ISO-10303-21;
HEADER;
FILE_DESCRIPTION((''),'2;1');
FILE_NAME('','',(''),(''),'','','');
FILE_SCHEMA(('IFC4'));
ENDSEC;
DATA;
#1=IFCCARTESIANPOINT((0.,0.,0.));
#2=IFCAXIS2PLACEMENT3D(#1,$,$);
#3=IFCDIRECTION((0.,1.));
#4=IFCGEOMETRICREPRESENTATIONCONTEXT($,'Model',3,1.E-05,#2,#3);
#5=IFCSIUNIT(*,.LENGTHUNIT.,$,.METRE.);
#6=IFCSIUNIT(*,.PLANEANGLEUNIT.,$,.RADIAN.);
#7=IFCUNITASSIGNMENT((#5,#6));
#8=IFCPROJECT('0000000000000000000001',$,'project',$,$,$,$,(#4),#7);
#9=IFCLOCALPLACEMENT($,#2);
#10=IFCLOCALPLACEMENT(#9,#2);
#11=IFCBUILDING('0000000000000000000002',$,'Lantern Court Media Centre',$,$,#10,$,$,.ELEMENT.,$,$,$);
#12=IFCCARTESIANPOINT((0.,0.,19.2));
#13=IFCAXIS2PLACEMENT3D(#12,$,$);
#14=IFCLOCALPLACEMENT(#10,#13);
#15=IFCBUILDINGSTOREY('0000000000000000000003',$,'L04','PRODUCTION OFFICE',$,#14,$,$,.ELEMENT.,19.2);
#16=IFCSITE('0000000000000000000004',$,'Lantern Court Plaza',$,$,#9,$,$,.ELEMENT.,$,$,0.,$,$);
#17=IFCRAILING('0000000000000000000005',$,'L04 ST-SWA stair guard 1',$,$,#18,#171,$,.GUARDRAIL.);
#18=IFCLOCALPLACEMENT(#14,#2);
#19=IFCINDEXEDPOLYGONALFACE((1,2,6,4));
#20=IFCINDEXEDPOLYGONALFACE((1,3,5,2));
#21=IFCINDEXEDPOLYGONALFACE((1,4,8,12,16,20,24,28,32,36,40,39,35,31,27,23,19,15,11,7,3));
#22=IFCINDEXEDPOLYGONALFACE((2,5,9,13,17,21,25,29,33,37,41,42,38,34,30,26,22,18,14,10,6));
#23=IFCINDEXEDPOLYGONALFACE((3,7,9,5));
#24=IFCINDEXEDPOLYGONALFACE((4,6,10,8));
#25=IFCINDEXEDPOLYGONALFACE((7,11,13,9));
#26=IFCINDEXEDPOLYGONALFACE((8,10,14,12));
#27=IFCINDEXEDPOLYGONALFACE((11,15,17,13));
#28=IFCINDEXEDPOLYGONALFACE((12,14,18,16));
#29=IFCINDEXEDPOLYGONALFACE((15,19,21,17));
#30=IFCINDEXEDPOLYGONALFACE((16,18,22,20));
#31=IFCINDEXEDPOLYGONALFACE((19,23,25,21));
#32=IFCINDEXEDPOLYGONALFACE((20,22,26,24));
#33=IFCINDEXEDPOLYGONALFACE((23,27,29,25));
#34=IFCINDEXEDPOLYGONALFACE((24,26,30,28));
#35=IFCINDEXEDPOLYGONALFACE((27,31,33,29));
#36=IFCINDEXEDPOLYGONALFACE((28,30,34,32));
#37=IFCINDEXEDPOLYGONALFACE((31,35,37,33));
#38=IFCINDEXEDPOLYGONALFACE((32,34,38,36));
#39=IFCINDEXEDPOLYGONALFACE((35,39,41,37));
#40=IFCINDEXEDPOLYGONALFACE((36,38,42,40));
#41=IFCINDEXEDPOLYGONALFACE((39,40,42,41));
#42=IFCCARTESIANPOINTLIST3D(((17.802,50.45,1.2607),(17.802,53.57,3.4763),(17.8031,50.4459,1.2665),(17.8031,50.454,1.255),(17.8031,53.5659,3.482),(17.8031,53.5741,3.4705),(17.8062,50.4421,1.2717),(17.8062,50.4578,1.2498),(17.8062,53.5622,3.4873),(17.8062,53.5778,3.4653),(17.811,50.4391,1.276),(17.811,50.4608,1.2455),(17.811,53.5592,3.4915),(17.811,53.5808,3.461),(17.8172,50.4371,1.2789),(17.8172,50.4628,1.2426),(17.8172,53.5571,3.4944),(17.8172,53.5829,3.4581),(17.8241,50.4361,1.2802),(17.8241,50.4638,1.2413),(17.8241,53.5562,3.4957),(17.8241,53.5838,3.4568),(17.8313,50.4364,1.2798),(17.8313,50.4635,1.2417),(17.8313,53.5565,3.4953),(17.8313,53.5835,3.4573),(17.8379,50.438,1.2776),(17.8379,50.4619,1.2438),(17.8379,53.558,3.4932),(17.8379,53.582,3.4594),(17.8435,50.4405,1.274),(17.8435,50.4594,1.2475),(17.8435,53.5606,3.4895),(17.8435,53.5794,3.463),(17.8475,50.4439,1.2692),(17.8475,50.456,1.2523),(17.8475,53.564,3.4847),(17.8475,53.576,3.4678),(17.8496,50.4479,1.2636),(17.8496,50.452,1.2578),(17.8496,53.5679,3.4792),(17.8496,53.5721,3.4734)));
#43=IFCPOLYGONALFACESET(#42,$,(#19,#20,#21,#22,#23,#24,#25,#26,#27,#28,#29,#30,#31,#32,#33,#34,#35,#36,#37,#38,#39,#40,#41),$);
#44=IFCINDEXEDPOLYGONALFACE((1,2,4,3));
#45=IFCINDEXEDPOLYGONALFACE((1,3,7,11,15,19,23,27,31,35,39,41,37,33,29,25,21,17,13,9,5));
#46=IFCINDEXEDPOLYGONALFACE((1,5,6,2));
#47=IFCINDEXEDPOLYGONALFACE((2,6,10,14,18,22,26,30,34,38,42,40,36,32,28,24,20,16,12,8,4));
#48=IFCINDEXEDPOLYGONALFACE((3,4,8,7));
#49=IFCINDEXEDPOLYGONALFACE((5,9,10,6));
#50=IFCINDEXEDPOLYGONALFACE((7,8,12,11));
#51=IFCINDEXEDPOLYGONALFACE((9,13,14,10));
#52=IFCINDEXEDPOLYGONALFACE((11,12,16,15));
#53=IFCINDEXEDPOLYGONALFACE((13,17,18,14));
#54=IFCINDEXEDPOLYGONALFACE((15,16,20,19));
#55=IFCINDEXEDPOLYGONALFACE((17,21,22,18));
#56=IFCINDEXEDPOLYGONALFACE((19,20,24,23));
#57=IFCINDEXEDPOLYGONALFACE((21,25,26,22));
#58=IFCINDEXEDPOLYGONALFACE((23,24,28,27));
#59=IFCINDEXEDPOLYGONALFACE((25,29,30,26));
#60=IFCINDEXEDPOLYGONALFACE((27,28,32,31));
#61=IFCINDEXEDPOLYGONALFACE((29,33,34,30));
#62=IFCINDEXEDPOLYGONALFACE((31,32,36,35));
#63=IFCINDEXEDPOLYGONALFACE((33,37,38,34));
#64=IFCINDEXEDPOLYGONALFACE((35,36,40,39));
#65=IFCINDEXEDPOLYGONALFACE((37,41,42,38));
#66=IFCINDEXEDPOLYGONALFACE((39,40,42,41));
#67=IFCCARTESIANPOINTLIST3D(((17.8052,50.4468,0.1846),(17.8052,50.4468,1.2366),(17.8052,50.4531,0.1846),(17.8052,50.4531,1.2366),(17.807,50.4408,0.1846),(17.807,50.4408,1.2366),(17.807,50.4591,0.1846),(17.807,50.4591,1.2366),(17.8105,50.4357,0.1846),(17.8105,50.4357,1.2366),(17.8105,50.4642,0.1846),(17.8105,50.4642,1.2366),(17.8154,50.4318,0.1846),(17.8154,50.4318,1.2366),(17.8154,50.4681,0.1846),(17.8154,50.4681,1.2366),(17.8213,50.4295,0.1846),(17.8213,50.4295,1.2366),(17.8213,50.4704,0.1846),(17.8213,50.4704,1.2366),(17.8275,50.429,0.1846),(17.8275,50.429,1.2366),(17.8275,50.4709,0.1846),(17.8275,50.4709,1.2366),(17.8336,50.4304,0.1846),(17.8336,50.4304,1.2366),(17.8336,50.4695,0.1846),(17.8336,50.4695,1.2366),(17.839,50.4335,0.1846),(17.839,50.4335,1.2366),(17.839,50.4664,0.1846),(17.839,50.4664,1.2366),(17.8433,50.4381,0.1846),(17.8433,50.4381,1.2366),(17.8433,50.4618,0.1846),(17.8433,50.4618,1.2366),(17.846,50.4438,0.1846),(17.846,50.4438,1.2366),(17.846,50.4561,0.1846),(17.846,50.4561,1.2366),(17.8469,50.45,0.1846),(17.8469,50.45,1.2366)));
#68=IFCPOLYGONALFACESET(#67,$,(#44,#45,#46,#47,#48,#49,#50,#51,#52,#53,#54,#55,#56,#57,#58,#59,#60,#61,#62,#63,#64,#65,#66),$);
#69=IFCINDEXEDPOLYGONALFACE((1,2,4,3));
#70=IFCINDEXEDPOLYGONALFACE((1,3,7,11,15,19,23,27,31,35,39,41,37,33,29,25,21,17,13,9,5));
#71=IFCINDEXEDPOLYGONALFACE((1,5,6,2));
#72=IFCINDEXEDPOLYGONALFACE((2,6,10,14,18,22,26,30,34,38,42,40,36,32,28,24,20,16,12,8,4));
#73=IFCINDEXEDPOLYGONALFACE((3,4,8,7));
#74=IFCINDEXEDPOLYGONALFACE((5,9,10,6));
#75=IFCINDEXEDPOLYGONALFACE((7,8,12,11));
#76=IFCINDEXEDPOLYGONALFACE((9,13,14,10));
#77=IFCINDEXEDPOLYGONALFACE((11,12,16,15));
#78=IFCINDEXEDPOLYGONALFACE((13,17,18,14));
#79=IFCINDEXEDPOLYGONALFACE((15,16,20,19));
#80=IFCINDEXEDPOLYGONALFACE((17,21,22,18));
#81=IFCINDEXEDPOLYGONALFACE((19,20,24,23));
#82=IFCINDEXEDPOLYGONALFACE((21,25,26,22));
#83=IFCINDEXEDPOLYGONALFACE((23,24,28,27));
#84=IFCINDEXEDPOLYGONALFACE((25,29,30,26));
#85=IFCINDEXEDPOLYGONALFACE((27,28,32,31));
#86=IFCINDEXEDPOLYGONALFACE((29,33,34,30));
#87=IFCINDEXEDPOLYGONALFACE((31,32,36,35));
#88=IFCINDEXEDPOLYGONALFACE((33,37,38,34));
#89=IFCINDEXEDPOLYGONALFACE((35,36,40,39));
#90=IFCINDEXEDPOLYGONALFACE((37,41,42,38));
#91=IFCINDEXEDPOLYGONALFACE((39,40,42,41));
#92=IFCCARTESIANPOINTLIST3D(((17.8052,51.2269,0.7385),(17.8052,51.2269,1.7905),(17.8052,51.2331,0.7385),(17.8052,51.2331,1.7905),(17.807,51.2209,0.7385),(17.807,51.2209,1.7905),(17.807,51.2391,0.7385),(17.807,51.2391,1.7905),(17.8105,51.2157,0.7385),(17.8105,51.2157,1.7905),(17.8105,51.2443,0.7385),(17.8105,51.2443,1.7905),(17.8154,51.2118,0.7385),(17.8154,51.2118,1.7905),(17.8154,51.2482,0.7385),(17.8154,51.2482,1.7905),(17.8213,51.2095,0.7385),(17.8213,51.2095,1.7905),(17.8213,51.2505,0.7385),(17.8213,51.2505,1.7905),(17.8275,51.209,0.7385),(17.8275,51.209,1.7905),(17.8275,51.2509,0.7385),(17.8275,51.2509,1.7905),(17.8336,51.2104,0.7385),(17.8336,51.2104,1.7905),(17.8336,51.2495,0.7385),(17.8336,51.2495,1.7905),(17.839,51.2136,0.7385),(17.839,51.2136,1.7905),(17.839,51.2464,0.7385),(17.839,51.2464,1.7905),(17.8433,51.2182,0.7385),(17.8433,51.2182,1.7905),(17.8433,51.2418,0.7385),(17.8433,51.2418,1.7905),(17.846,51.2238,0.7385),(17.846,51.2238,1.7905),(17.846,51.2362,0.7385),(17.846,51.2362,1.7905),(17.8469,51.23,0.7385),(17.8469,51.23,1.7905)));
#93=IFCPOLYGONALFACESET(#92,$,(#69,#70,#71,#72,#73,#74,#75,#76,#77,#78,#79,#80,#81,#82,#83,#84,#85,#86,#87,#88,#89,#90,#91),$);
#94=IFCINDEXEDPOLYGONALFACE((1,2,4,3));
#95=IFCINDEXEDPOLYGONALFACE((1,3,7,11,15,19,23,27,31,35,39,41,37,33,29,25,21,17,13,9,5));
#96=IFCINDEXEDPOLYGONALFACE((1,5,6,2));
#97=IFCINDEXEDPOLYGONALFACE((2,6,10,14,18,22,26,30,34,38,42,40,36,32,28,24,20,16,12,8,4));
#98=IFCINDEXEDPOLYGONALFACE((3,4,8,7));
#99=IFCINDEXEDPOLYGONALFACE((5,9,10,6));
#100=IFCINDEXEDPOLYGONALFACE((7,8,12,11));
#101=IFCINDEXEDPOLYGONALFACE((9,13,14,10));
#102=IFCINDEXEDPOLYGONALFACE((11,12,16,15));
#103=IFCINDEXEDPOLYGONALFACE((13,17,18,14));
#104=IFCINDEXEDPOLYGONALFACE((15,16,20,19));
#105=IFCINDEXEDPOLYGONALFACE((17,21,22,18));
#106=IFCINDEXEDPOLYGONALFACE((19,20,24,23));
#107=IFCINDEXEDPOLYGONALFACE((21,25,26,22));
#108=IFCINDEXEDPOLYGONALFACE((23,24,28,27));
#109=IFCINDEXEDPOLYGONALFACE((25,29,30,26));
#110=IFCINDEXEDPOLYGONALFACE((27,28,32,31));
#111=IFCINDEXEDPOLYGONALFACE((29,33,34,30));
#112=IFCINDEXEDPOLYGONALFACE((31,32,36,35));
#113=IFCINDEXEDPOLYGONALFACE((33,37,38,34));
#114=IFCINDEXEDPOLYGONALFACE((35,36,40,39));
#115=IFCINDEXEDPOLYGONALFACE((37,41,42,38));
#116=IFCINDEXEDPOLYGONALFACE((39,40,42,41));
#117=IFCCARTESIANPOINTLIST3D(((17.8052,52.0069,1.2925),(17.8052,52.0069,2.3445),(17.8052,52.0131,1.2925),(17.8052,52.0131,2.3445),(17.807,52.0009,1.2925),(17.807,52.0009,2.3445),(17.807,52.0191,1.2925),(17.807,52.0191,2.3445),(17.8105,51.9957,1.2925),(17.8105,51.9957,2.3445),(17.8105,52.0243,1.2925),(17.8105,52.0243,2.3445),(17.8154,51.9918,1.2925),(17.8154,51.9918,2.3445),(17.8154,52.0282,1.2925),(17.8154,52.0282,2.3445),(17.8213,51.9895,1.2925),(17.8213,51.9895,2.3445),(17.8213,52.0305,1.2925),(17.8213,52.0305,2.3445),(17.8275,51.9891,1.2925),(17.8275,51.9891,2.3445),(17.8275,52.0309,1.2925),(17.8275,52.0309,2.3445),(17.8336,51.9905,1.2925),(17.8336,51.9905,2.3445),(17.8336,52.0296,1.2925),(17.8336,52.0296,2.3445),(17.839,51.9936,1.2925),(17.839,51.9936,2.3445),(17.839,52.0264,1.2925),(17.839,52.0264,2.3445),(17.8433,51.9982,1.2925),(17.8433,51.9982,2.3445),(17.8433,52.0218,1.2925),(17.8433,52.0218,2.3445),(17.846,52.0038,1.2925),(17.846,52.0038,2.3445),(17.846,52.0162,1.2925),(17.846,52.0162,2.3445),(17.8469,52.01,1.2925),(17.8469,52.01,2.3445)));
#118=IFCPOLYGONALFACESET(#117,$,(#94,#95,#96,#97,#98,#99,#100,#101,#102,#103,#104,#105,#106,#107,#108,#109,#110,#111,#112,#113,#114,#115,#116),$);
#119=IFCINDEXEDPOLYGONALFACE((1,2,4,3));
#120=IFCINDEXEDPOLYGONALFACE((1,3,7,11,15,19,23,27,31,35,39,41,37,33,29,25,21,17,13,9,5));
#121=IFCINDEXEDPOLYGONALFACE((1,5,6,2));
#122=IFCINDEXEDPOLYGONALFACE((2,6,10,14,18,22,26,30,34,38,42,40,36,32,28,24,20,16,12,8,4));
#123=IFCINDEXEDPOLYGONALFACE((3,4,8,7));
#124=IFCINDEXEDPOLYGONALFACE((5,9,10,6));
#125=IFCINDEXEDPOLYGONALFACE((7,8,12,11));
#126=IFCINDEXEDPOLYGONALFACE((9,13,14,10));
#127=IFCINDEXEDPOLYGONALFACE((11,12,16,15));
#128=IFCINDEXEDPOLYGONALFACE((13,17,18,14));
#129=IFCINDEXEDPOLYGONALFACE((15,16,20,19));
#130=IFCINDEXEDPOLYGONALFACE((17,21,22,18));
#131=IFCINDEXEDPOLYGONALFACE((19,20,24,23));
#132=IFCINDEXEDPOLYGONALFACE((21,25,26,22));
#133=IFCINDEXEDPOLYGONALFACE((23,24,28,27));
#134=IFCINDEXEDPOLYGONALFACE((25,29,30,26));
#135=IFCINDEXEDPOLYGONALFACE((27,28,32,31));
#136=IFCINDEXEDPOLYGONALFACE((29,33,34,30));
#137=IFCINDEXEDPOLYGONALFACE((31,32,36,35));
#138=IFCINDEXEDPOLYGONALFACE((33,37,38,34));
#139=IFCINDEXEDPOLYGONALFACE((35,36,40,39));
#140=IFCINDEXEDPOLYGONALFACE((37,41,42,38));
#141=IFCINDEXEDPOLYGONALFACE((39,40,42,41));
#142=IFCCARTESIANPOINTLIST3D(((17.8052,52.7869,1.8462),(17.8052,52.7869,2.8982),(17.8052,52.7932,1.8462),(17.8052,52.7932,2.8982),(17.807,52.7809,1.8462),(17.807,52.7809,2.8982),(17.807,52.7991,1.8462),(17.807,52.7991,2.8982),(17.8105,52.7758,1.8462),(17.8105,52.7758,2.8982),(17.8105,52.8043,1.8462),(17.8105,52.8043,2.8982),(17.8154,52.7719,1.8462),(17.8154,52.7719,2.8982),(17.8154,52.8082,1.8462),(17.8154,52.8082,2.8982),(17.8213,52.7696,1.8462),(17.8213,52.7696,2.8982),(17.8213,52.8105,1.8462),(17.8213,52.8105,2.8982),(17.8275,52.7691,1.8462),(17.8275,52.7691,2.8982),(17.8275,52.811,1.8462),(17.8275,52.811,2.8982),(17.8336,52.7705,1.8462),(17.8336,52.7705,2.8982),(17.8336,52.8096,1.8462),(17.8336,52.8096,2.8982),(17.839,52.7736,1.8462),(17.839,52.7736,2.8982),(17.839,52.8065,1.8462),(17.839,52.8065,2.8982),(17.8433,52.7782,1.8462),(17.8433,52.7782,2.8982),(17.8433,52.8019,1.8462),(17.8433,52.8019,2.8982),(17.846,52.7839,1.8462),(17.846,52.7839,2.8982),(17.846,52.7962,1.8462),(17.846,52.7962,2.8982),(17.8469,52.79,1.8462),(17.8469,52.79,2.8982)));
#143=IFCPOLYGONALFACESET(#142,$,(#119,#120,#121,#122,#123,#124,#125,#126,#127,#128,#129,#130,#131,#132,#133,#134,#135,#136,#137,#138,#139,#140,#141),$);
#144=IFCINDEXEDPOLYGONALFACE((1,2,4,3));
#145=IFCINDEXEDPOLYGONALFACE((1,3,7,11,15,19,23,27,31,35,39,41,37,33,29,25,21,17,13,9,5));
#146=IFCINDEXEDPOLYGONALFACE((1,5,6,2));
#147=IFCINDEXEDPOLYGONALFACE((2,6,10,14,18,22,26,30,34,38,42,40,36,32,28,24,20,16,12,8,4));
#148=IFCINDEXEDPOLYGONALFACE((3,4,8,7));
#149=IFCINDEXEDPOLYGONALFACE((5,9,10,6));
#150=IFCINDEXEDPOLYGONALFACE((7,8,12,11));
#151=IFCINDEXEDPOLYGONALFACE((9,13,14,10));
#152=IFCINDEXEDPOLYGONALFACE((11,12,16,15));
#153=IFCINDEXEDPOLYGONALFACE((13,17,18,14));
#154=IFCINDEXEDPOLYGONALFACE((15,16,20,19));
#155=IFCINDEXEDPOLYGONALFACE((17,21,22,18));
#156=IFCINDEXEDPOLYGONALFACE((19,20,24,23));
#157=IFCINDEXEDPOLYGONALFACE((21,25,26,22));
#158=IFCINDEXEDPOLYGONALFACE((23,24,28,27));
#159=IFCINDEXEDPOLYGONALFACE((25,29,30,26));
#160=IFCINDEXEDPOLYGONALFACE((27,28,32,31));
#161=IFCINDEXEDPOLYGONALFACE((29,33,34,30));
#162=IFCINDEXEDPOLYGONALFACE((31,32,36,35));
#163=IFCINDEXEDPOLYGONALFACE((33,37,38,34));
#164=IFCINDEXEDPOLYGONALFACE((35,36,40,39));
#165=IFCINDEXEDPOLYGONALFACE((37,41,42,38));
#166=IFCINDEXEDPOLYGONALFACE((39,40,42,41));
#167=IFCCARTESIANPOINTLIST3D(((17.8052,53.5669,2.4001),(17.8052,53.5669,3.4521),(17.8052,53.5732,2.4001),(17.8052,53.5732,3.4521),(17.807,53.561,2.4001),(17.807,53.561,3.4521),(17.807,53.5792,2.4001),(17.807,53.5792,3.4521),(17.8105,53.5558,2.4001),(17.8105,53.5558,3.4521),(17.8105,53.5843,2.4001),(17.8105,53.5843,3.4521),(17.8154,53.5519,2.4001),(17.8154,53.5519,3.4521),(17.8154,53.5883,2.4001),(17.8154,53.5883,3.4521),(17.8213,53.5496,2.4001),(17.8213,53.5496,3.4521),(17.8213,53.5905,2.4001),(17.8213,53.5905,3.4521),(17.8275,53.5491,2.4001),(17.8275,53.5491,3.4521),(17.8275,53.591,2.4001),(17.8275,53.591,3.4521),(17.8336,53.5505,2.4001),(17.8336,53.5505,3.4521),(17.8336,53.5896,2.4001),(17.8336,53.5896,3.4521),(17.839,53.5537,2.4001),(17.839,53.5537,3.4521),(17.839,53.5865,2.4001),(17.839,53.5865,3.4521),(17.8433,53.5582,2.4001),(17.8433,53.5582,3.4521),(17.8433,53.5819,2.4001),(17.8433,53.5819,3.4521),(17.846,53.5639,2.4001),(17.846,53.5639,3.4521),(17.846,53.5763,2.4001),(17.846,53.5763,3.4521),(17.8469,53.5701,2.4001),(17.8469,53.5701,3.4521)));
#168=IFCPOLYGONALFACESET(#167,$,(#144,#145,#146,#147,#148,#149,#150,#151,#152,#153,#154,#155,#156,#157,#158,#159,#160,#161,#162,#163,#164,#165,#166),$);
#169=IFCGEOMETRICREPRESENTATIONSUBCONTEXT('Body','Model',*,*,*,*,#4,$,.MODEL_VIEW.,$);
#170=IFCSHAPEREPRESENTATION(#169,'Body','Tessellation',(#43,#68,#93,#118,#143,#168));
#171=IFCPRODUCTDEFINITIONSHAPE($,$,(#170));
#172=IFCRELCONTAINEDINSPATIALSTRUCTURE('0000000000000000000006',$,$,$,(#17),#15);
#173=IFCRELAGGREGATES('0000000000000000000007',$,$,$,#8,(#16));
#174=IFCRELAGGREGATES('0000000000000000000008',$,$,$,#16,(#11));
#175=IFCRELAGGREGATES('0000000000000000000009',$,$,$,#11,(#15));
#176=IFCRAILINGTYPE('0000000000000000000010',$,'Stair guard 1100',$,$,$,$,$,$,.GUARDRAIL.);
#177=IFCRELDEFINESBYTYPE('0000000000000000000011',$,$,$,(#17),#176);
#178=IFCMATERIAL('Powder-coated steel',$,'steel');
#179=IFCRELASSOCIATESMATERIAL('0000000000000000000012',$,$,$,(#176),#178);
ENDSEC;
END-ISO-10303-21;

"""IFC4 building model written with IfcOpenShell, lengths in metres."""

from ifc_helpers import new_model, si_unit, direction, frame, origin, origin_2d, place, context, subcontext, project, spatial, circle, extrude, material, type_object, element, save


model = new_model("IFC4")

# Units and contexts
model_context = context("Model", 3, precision=1e-05, world=origin(), true_north=direction((0.0, 1.0)))
body_context = subcontext(model_context, "Body", "Model", "MODEL_VIEW")
ifc_project = project(units=[si_unit("LENGTHUNIT", "METRE"), si_unit("PLANEANGLEUNIT", "RADIAN")], contexts=[model_context])

# Site, building, storey
site_placement = place(None, origin())
site = spatial("IfcSite", under=ifc_project, at=site_placement, Name="Lantern Court Plaza", CompositionType="ELEMENT", RefElevation=0.0)
building_placement = place(site_placement, origin())
building = spatial("IfcBuilding", under=site, at=building_placement, Name="Lantern Court Media Centre", CompositionType="ELEMENT")
storey_placement = place(building_placement, frame((0.0, 0.0, 19.2)))
storey = spatial("IfcBuildingStorey", under=building, at=storey_placement, Name="L04", Description="PRODUCTION OFFICE", CompositionType="ELEMENT", Elevation=19.2)

# Railing
ifc_material_1 = material(Name="Powder-coated steel", Category="steel")
railing_type_1 = type_object("IfcRailingType", Name="Stair guard 1100", PredefinedType="GUARDRAIL", material=ifc_material_1)
railing_1_placement = place(storey_placement, frame((17.8259, 50.45, 0.1846)))
element("IfcRailing", 1, at=railing_1_placement, inside=storey, type_object=railing_type_1, Name="L04 ST-SWA stair guard 1", PredefinedType="GUARDRAIL", context=body_context, shape_type="SweptSolid", body=[
    extrude(circle(Radius=0.0239, at=origin_2d()), frame((0.0, 0.0, 1.0762), z_axis=(0.0, 0.815347, 0.578973), x_axis=(-1.0, 0.0, 0.0)), (0.0, 0.0, 1.0), 3.8267),
    extrude(circle(Radius=0.021, at=origin_2d()), origin(), (0.0, 0.0, 1.0), 1.052),
    extrude(circle(Radius=0.021, at=origin_2d()), frame((0.0, 0.78, 0.554)), (0.0, 0.0, 1.0), 1.052),
    extrude(circle(Radius=0.021, at=origin_2d()), frame((0.0, 1.5601, 1.1079)), (0.0, 0.0, 1.0), 1.052),
    extrude(circle(Radius=0.021, at=origin_2d()), frame((0.0, 2.3401, 1.6616)), (0.0, 0.0, 1.0), 1.052),
    extrude(circle(Radius=0.021, at=origin_2d()), frame((0.0, 3.1201, 2.2156)), (0.0, 0.0, 1.0), 1.052),
])

save(model, "model.ifc")
